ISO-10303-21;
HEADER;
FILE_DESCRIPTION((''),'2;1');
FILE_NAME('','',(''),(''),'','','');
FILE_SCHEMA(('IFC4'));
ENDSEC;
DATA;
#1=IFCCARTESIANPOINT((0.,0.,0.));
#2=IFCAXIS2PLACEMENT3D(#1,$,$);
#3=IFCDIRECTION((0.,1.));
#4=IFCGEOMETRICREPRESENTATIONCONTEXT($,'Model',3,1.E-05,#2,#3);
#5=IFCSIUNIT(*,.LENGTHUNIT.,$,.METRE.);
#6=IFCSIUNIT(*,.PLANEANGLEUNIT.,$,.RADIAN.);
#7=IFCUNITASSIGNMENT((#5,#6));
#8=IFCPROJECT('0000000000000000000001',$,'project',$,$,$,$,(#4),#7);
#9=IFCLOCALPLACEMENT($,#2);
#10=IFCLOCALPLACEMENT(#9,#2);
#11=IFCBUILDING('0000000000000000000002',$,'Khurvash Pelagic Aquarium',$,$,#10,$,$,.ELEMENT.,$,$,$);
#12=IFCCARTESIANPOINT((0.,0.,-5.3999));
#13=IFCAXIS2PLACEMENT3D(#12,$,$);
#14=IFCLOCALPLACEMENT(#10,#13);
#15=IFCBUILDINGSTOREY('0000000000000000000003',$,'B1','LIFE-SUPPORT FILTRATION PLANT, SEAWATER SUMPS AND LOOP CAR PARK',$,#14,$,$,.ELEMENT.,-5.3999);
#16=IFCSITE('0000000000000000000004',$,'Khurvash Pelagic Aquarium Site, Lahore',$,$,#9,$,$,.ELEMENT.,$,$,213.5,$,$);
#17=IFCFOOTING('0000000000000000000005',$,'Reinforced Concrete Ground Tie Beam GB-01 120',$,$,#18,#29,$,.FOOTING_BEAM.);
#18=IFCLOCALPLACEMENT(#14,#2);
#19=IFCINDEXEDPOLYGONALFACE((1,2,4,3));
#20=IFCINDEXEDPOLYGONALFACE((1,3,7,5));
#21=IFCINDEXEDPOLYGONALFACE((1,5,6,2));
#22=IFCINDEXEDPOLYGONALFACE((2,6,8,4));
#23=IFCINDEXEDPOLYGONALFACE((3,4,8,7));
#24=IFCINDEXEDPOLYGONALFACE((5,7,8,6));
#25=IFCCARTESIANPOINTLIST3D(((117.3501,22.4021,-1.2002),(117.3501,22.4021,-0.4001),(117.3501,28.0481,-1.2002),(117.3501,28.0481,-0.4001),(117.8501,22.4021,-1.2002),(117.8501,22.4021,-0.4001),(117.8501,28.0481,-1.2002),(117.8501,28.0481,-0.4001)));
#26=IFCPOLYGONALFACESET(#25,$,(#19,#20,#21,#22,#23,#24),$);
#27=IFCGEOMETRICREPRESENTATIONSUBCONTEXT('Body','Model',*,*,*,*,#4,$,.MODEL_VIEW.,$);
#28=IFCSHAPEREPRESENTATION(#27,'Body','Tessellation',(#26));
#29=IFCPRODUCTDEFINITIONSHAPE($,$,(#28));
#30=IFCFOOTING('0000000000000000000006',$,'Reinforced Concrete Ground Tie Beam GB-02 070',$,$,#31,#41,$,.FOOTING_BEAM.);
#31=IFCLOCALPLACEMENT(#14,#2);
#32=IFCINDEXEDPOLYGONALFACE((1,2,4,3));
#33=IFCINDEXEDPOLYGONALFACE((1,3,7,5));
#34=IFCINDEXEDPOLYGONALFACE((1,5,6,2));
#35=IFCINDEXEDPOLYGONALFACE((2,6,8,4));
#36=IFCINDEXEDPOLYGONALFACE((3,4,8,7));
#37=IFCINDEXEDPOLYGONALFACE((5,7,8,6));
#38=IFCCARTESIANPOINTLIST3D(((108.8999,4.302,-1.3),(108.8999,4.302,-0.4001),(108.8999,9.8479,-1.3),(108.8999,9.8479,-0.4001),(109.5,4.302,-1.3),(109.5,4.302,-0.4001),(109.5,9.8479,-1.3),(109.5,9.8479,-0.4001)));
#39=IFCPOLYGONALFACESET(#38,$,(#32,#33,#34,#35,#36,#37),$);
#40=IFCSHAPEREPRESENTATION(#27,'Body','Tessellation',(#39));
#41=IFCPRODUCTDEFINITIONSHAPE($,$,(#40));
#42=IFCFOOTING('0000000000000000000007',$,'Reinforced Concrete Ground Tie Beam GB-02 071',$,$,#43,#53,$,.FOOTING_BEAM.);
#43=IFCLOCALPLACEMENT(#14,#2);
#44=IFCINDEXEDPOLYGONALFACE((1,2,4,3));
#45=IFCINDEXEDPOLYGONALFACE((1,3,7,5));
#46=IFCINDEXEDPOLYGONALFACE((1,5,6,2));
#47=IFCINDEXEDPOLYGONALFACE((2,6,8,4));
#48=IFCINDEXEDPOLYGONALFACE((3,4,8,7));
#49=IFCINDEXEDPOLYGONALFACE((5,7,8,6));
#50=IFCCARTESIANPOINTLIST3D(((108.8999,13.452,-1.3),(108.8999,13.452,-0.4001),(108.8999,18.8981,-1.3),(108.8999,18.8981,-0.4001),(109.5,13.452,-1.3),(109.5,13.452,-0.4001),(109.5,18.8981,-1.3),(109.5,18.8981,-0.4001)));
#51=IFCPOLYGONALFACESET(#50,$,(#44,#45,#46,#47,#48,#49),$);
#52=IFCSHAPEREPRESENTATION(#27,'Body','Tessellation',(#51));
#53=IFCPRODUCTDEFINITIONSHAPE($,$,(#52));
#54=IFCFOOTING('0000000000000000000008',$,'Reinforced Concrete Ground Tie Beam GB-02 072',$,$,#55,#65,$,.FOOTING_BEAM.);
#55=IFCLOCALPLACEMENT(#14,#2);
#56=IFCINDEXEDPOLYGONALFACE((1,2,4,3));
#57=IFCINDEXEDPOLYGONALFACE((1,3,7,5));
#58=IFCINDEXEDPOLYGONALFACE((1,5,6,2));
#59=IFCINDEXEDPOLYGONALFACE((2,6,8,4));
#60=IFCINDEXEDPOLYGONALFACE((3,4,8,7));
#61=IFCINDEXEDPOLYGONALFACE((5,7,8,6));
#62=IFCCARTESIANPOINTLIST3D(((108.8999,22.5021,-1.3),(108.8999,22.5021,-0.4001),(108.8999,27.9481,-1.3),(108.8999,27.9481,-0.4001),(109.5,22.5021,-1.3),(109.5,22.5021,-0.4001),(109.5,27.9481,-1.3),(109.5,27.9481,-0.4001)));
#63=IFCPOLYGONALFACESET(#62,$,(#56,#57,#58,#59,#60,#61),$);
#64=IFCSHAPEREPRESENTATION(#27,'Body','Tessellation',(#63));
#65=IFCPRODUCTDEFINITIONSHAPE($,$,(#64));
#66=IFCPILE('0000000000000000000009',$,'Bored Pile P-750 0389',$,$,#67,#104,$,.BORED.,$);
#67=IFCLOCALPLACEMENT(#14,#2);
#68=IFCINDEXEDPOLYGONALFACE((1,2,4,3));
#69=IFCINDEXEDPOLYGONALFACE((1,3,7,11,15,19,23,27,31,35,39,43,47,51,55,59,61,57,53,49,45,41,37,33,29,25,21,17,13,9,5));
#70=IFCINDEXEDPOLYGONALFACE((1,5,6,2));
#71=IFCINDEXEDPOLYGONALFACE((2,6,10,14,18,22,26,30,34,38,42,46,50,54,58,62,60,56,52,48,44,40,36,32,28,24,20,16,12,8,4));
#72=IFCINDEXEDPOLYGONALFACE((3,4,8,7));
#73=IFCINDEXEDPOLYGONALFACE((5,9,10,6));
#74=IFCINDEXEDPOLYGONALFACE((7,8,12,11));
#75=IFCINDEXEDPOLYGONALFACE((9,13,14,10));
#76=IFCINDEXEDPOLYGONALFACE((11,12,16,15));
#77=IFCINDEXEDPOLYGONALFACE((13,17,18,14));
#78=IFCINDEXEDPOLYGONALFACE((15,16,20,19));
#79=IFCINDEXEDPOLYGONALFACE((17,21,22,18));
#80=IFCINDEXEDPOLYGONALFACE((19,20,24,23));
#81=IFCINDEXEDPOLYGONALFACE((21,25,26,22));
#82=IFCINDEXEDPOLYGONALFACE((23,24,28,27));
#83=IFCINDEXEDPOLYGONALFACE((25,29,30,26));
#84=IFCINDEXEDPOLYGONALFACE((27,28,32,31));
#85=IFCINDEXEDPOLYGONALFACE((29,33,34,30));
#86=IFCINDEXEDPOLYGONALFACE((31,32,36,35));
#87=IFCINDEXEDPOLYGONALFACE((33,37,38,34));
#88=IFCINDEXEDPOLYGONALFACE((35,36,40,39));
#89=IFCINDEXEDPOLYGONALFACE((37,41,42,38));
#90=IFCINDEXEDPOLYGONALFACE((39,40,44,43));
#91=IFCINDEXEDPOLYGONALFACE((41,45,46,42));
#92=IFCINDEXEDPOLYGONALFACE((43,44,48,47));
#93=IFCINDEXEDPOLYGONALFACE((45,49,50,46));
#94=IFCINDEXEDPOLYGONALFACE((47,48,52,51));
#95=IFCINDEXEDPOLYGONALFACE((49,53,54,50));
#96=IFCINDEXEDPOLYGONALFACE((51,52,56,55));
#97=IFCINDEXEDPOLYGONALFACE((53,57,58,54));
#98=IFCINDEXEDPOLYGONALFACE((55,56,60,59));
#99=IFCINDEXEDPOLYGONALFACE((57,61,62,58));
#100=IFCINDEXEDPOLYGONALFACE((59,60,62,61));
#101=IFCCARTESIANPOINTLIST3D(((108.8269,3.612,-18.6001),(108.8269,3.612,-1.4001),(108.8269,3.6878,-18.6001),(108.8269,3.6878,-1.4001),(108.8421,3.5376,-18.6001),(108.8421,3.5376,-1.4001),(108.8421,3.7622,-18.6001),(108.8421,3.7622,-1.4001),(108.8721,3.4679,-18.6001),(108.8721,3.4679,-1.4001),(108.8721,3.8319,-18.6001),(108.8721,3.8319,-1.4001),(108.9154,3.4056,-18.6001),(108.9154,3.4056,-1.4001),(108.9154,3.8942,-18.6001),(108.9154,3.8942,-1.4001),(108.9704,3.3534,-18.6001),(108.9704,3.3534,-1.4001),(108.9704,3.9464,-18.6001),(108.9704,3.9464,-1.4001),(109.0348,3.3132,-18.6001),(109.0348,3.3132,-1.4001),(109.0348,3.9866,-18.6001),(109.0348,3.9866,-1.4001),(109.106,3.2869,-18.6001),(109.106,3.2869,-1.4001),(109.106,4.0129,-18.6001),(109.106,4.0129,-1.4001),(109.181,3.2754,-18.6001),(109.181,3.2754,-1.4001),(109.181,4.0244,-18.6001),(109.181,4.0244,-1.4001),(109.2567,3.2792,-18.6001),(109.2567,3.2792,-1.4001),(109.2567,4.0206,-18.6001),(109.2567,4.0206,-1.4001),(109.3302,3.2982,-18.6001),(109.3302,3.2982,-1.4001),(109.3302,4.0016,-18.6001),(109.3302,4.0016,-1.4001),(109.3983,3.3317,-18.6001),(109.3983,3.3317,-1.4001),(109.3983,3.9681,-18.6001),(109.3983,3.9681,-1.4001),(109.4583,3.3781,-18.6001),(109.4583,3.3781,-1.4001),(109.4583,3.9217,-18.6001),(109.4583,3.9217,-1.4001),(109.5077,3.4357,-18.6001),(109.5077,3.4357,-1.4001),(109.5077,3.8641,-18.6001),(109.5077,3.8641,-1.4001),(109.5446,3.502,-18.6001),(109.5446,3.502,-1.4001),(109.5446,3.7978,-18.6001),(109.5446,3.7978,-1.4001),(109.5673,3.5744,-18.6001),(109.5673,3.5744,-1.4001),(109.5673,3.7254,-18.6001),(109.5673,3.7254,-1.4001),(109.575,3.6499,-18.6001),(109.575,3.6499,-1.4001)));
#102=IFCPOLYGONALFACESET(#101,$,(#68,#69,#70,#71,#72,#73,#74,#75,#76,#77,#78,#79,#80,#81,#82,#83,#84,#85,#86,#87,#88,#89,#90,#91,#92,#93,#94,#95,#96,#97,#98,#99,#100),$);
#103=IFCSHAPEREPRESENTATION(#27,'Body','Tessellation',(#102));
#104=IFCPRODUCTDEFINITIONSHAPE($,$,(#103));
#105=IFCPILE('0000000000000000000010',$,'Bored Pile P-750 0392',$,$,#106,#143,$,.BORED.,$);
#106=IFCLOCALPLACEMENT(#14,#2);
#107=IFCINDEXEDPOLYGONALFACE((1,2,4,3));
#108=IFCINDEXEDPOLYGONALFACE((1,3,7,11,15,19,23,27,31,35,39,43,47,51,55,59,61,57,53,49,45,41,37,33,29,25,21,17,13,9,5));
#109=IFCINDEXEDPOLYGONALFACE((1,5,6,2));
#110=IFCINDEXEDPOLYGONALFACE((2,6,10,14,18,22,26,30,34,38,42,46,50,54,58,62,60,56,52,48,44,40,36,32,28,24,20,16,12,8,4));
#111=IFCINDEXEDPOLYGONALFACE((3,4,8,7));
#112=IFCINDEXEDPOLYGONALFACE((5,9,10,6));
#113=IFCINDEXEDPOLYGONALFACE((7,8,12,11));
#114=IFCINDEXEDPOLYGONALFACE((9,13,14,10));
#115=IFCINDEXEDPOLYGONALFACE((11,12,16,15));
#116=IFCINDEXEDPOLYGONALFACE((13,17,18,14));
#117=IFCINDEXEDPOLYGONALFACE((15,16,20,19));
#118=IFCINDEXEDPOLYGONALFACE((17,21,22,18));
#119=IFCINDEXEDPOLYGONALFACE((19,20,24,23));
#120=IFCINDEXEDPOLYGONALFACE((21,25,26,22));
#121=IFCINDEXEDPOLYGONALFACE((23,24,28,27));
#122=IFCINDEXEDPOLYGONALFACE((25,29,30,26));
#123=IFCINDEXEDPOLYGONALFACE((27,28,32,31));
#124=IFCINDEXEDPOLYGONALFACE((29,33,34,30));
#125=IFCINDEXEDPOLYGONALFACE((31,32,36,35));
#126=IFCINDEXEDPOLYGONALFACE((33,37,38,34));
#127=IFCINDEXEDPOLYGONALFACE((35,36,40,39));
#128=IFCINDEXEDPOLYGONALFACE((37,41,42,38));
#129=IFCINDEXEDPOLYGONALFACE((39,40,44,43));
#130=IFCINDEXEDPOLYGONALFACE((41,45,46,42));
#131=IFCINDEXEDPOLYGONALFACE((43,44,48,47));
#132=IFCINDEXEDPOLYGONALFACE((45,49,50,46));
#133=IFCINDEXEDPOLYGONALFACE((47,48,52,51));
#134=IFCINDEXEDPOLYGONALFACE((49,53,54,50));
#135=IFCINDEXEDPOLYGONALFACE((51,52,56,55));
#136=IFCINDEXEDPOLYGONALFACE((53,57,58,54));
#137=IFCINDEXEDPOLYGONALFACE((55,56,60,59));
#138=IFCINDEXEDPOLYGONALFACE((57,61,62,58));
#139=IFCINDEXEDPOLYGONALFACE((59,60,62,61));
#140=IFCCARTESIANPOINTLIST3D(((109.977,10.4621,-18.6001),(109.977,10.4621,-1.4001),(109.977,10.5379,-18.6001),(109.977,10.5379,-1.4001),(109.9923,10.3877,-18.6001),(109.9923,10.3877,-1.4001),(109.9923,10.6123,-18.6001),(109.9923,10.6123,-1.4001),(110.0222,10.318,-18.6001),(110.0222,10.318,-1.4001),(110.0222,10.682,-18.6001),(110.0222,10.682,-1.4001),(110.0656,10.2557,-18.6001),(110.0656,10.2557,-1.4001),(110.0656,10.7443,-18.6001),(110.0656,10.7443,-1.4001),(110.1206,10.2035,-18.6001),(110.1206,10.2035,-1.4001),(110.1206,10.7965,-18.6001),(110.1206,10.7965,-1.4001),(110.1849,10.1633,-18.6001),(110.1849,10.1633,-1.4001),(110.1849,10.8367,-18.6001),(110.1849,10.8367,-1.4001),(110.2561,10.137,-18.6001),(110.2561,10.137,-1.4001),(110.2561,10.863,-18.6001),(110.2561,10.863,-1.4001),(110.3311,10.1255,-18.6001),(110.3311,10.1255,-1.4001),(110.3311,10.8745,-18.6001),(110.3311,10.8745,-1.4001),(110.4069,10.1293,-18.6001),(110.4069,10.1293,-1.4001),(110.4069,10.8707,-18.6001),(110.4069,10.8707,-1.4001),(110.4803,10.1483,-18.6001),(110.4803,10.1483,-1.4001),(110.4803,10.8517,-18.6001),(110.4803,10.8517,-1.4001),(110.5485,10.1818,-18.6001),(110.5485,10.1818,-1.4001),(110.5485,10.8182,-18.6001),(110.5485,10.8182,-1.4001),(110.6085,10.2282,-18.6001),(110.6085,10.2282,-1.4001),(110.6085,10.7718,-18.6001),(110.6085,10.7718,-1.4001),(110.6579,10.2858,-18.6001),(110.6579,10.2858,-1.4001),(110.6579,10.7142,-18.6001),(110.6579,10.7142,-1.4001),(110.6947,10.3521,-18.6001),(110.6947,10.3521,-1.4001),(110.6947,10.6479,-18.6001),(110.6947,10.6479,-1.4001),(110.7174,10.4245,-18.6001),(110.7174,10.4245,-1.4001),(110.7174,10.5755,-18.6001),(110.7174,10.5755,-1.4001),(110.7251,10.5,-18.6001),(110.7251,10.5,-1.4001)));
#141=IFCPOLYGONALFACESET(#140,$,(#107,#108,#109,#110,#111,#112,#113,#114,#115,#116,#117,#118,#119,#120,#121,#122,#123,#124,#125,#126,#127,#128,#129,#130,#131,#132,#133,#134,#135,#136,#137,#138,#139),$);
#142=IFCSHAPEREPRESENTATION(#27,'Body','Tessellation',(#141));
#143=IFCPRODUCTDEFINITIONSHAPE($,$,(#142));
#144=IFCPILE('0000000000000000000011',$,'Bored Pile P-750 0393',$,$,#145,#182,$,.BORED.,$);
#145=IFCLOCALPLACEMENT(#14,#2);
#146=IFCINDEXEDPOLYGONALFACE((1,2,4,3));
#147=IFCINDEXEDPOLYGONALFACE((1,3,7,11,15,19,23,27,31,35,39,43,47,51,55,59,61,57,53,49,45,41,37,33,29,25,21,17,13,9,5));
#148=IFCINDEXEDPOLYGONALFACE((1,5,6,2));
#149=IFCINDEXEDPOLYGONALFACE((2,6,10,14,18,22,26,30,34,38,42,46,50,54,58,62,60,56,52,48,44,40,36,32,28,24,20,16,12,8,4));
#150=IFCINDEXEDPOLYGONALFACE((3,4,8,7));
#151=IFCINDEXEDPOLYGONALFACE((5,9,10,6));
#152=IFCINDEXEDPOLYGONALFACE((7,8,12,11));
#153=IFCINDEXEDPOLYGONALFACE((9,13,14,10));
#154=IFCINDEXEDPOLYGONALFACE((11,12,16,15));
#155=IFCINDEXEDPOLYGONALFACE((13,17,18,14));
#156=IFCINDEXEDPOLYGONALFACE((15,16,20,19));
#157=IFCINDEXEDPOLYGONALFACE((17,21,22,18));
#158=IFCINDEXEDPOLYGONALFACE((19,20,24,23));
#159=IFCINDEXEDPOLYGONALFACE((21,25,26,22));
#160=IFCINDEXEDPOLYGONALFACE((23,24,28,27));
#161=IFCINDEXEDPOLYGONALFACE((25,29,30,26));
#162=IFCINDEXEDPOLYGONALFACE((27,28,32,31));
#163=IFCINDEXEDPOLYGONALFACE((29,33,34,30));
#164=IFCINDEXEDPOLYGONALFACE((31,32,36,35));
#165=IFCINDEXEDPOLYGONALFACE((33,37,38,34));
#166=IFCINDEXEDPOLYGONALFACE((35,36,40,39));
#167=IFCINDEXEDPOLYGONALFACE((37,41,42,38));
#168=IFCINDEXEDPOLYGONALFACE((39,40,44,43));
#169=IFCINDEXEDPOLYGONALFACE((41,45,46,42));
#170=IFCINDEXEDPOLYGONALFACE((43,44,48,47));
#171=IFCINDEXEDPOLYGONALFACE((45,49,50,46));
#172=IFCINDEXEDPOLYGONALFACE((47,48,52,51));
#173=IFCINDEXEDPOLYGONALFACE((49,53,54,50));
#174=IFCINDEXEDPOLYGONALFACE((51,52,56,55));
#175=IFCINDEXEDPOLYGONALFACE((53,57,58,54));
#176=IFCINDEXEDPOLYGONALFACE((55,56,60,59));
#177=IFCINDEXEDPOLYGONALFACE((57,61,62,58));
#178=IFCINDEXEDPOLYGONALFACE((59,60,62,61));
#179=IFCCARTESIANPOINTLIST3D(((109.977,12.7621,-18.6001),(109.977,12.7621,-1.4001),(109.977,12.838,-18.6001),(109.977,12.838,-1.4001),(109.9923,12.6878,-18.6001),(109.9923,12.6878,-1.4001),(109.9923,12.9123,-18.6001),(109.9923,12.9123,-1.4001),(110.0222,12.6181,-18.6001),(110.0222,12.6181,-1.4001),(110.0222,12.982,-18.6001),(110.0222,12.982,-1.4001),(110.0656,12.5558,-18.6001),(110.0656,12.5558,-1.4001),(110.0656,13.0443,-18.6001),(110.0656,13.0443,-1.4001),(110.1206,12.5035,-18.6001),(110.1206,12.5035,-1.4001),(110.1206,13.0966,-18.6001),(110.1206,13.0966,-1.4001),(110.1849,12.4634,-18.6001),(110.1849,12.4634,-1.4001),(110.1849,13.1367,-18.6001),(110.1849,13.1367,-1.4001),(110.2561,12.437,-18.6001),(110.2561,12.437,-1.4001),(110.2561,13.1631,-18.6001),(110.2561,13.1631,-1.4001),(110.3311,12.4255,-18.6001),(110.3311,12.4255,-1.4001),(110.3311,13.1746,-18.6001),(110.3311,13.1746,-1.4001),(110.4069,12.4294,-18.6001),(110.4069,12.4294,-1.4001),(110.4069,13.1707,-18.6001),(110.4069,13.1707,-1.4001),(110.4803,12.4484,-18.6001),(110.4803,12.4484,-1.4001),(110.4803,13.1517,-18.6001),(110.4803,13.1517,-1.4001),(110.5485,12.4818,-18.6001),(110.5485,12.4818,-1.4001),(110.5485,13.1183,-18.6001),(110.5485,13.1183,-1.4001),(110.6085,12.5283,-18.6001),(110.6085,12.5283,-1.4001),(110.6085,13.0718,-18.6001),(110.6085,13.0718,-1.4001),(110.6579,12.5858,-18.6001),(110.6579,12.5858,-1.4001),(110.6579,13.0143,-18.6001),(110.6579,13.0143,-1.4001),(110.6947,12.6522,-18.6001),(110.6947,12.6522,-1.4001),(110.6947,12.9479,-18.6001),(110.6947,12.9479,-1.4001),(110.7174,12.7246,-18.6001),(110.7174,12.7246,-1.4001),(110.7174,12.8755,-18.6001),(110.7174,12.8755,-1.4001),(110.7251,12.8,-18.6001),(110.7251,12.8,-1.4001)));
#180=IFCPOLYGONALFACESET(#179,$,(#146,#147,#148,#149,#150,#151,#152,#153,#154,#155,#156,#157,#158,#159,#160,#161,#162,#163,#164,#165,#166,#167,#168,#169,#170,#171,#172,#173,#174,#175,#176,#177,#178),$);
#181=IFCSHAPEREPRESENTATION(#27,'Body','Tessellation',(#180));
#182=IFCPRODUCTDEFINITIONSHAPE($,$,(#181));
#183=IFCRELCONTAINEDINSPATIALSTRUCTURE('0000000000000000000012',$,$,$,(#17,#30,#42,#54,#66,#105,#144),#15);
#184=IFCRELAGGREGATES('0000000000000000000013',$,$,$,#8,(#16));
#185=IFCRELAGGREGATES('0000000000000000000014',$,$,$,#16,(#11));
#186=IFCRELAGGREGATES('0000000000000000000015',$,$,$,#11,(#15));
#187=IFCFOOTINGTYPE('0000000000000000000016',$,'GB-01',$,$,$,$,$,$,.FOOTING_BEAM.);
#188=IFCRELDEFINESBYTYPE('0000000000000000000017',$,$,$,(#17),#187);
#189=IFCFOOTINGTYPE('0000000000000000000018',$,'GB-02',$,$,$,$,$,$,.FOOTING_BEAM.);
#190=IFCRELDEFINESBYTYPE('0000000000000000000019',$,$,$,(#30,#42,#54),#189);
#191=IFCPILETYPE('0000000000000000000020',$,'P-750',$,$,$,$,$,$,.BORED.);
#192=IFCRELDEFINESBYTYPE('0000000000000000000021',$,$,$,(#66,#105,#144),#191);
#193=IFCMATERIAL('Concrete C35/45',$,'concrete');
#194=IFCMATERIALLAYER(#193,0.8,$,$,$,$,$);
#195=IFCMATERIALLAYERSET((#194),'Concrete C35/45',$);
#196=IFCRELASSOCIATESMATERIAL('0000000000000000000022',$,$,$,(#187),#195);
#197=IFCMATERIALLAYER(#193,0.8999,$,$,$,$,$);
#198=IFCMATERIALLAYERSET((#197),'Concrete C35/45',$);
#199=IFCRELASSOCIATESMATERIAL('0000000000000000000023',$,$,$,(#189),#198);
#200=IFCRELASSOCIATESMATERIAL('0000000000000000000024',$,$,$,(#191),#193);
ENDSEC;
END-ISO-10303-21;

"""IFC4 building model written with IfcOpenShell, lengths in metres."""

from ifc_helpers import new_model, si_unit, direction, frame, origin, origin_2d, place, context, subcontext, project, spatial, rectangle, circle, extrude, material, layer, layer_set, material_profile, profile_set, type_object, element, save


model = new_model("IFC4")

# Units and contexts
model_context = context("Model", 3, precision=1e-05, world=origin(), true_north=direction((0.0, 1.0)))
body_context = subcontext(model_context, "Body", "Model", "MODEL_VIEW")
ifc_project = project(units=[si_unit("LENGTHUNIT", "METRE"), si_unit("PLANEANGLEUNIT", "RADIAN")], contexts=[model_context])

# Site, building, storey
site_placement = place(None, origin())
site = spatial("IfcSite", under=ifc_project, at=site_placement, Name="Khurvash Pelagic Aquarium Site, Lahore", CompositionType="ELEMENT", RefElevation=213.5)
building_placement = place(site_placement, origin())
building = spatial("IfcBuilding", under=site, at=building_placement, Name="Khurvash Pelagic Aquarium", CompositionType="ELEMENT")
storey_placement = place(building_placement, frame((0.0, 0.0, -5.3999)))
storey = spatial("IfcBuildingStorey", under=building, at=storey_placement, Name="B1", Description="LIFE-SUPPORT FILTRATION PLANT, SEAWATER SUMPS AND LOOP CAR PARK", CompositionType="ELEMENT", Elevation=-5.3999)

# Footings
ifc_material_1 = material(Name="Concrete C35/45", Category="concrete")
ifc_layer_1 = layer(ifc_material_1, 0.8)
ifc_layer_set_1 = layer_set([ifc_layer_1], Name="Concrete C35/45")
footing_type_1 = type_object("IfcFootingType", Name="GB-01", PredefinedType="FOOTING_BEAM", material=ifc_layer_set_1)
footing_1_placement = place(storey_placement, frame((117.6001, 25.2251, -1.2002), z_axis=(0.0, 0.0, 1.0), x_axis=(0.0, 1.0, 0.0)))
element("IfcFooting", 1, at=footing_1_placement, inside=storey, type_object=footing_type_1, Name="Reinforced Concrete Ground Tie Beam GB-01 120", PredefinedType="FOOTING_BEAM", context=body_context, shape_type="SweptSolid", body=[
    extrude(rectangle(XDim=5.646, YDim=0.5, at=origin_2d()), origin(), (0.0, 0.0, 1.0), 0.8),
])
ifc_layer_2 = layer(ifc_material_1, 0.8999)
ifc_layer_set_2 = layer_set([ifc_layer_2], Name="Concrete C35/45")
footing_type_2 = type_object("IfcFootingType", Name="GB-02", PredefinedType="FOOTING_BEAM", material=ifc_layer_set_2)
footing_2_placement = place(storey_placement, frame((109.2, 7.075, -1.3), z_axis=(0.0, 0.0, 1.0), x_axis=(0.0, 1.0, 0.0)))
element("IfcFooting", 2, at=footing_2_placement, inside=storey, type_object=footing_type_2, Name="Reinforced Concrete Ground Tie Beam GB-02 070", PredefinedType="FOOTING_BEAM", context=body_context, shape_type="SweptSolid", body=[
    extrude(rectangle(XDim=5.5459, YDim=0.6001, at=origin_2d()), origin(), (0.0, 0.0, 1.0), 0.8999),
])
for number, where, z_axis, x_axis, name in (
    (3, (109.2, 16.175, -1.3), (0.0, 0.0, 1.0), (0.0, 1.0, 0.0), "Reinforced Concrete Ground Tie Beam GB-02 071"),
    (4, (109.2, 25.2251, -1.3), (0.0, 0.0, 1.0), (0.0, 1.0, 0.0), "Reinforced Concrete Ground Tie Beam GB-02 072"),
):
    element("IfcFooting", number, at=place(storey_placement, frame(where, z_axis=z_axis, x_axis=x_axis)), inside=storey, type_object=footing_type_2, Name=name, PredefinedType="FOOTING_BEAM", context=body_context, shape_type="SweptSolid", body=[
        extrude(rectangle(XDim=5.446, YDim=0.6001, at=origin_2d()), origin(), (0.0, 0.0, 1.0), 0.8999),
    ])

# Piles
ifc_material_profile_1 = material_profile(ifc_material_1, circle(Radius=0.375, at=origin_2d()), Name="PILE750")
ifc_profile_set_1 = profile_set([ifc_material_profile_1], Name="Concrete C35/45")
pile_type_1 = type_object("IfcPileType", Name="P-750", PredefinedType="BORED", material=ifc_profile_set_1)
for number, where, z_axis, x_axis, name in (
    (5, (109.2, 3.6499, -1.4001), (0.0, 0.0, -1.0), (1.0, 0.0, 0.0), "Bored Pile P-750 0389"),
    (6, (110.3501, 10.5, -1.4001), (0.0, 0.0, -1.0), (1.0, 0.0, 0.0), "Bored Pile P-750 0392"),
    (7, (110.3501, 12.8, -1.4001), (0.0, 0.0, -1.0), (1.0, 0.0, 0.0), "Bored Pile P-750 0393"),
):
    element("IfcPile", number, at=place(storey_placement, frame(where, z_axis=z_axis, x_axis=x_axis)), inside=storey, type_object=pile_type_1, Name=name, PredefinedType="BORED", context=body_context, shape_type="SweptSolid", body=[
        extrude(circle(Radius=0.375, at=origin_2d()), origin(), (0.0, 0.0, 1.0), 17.2),
    ])

save(model, "model.ifc")
